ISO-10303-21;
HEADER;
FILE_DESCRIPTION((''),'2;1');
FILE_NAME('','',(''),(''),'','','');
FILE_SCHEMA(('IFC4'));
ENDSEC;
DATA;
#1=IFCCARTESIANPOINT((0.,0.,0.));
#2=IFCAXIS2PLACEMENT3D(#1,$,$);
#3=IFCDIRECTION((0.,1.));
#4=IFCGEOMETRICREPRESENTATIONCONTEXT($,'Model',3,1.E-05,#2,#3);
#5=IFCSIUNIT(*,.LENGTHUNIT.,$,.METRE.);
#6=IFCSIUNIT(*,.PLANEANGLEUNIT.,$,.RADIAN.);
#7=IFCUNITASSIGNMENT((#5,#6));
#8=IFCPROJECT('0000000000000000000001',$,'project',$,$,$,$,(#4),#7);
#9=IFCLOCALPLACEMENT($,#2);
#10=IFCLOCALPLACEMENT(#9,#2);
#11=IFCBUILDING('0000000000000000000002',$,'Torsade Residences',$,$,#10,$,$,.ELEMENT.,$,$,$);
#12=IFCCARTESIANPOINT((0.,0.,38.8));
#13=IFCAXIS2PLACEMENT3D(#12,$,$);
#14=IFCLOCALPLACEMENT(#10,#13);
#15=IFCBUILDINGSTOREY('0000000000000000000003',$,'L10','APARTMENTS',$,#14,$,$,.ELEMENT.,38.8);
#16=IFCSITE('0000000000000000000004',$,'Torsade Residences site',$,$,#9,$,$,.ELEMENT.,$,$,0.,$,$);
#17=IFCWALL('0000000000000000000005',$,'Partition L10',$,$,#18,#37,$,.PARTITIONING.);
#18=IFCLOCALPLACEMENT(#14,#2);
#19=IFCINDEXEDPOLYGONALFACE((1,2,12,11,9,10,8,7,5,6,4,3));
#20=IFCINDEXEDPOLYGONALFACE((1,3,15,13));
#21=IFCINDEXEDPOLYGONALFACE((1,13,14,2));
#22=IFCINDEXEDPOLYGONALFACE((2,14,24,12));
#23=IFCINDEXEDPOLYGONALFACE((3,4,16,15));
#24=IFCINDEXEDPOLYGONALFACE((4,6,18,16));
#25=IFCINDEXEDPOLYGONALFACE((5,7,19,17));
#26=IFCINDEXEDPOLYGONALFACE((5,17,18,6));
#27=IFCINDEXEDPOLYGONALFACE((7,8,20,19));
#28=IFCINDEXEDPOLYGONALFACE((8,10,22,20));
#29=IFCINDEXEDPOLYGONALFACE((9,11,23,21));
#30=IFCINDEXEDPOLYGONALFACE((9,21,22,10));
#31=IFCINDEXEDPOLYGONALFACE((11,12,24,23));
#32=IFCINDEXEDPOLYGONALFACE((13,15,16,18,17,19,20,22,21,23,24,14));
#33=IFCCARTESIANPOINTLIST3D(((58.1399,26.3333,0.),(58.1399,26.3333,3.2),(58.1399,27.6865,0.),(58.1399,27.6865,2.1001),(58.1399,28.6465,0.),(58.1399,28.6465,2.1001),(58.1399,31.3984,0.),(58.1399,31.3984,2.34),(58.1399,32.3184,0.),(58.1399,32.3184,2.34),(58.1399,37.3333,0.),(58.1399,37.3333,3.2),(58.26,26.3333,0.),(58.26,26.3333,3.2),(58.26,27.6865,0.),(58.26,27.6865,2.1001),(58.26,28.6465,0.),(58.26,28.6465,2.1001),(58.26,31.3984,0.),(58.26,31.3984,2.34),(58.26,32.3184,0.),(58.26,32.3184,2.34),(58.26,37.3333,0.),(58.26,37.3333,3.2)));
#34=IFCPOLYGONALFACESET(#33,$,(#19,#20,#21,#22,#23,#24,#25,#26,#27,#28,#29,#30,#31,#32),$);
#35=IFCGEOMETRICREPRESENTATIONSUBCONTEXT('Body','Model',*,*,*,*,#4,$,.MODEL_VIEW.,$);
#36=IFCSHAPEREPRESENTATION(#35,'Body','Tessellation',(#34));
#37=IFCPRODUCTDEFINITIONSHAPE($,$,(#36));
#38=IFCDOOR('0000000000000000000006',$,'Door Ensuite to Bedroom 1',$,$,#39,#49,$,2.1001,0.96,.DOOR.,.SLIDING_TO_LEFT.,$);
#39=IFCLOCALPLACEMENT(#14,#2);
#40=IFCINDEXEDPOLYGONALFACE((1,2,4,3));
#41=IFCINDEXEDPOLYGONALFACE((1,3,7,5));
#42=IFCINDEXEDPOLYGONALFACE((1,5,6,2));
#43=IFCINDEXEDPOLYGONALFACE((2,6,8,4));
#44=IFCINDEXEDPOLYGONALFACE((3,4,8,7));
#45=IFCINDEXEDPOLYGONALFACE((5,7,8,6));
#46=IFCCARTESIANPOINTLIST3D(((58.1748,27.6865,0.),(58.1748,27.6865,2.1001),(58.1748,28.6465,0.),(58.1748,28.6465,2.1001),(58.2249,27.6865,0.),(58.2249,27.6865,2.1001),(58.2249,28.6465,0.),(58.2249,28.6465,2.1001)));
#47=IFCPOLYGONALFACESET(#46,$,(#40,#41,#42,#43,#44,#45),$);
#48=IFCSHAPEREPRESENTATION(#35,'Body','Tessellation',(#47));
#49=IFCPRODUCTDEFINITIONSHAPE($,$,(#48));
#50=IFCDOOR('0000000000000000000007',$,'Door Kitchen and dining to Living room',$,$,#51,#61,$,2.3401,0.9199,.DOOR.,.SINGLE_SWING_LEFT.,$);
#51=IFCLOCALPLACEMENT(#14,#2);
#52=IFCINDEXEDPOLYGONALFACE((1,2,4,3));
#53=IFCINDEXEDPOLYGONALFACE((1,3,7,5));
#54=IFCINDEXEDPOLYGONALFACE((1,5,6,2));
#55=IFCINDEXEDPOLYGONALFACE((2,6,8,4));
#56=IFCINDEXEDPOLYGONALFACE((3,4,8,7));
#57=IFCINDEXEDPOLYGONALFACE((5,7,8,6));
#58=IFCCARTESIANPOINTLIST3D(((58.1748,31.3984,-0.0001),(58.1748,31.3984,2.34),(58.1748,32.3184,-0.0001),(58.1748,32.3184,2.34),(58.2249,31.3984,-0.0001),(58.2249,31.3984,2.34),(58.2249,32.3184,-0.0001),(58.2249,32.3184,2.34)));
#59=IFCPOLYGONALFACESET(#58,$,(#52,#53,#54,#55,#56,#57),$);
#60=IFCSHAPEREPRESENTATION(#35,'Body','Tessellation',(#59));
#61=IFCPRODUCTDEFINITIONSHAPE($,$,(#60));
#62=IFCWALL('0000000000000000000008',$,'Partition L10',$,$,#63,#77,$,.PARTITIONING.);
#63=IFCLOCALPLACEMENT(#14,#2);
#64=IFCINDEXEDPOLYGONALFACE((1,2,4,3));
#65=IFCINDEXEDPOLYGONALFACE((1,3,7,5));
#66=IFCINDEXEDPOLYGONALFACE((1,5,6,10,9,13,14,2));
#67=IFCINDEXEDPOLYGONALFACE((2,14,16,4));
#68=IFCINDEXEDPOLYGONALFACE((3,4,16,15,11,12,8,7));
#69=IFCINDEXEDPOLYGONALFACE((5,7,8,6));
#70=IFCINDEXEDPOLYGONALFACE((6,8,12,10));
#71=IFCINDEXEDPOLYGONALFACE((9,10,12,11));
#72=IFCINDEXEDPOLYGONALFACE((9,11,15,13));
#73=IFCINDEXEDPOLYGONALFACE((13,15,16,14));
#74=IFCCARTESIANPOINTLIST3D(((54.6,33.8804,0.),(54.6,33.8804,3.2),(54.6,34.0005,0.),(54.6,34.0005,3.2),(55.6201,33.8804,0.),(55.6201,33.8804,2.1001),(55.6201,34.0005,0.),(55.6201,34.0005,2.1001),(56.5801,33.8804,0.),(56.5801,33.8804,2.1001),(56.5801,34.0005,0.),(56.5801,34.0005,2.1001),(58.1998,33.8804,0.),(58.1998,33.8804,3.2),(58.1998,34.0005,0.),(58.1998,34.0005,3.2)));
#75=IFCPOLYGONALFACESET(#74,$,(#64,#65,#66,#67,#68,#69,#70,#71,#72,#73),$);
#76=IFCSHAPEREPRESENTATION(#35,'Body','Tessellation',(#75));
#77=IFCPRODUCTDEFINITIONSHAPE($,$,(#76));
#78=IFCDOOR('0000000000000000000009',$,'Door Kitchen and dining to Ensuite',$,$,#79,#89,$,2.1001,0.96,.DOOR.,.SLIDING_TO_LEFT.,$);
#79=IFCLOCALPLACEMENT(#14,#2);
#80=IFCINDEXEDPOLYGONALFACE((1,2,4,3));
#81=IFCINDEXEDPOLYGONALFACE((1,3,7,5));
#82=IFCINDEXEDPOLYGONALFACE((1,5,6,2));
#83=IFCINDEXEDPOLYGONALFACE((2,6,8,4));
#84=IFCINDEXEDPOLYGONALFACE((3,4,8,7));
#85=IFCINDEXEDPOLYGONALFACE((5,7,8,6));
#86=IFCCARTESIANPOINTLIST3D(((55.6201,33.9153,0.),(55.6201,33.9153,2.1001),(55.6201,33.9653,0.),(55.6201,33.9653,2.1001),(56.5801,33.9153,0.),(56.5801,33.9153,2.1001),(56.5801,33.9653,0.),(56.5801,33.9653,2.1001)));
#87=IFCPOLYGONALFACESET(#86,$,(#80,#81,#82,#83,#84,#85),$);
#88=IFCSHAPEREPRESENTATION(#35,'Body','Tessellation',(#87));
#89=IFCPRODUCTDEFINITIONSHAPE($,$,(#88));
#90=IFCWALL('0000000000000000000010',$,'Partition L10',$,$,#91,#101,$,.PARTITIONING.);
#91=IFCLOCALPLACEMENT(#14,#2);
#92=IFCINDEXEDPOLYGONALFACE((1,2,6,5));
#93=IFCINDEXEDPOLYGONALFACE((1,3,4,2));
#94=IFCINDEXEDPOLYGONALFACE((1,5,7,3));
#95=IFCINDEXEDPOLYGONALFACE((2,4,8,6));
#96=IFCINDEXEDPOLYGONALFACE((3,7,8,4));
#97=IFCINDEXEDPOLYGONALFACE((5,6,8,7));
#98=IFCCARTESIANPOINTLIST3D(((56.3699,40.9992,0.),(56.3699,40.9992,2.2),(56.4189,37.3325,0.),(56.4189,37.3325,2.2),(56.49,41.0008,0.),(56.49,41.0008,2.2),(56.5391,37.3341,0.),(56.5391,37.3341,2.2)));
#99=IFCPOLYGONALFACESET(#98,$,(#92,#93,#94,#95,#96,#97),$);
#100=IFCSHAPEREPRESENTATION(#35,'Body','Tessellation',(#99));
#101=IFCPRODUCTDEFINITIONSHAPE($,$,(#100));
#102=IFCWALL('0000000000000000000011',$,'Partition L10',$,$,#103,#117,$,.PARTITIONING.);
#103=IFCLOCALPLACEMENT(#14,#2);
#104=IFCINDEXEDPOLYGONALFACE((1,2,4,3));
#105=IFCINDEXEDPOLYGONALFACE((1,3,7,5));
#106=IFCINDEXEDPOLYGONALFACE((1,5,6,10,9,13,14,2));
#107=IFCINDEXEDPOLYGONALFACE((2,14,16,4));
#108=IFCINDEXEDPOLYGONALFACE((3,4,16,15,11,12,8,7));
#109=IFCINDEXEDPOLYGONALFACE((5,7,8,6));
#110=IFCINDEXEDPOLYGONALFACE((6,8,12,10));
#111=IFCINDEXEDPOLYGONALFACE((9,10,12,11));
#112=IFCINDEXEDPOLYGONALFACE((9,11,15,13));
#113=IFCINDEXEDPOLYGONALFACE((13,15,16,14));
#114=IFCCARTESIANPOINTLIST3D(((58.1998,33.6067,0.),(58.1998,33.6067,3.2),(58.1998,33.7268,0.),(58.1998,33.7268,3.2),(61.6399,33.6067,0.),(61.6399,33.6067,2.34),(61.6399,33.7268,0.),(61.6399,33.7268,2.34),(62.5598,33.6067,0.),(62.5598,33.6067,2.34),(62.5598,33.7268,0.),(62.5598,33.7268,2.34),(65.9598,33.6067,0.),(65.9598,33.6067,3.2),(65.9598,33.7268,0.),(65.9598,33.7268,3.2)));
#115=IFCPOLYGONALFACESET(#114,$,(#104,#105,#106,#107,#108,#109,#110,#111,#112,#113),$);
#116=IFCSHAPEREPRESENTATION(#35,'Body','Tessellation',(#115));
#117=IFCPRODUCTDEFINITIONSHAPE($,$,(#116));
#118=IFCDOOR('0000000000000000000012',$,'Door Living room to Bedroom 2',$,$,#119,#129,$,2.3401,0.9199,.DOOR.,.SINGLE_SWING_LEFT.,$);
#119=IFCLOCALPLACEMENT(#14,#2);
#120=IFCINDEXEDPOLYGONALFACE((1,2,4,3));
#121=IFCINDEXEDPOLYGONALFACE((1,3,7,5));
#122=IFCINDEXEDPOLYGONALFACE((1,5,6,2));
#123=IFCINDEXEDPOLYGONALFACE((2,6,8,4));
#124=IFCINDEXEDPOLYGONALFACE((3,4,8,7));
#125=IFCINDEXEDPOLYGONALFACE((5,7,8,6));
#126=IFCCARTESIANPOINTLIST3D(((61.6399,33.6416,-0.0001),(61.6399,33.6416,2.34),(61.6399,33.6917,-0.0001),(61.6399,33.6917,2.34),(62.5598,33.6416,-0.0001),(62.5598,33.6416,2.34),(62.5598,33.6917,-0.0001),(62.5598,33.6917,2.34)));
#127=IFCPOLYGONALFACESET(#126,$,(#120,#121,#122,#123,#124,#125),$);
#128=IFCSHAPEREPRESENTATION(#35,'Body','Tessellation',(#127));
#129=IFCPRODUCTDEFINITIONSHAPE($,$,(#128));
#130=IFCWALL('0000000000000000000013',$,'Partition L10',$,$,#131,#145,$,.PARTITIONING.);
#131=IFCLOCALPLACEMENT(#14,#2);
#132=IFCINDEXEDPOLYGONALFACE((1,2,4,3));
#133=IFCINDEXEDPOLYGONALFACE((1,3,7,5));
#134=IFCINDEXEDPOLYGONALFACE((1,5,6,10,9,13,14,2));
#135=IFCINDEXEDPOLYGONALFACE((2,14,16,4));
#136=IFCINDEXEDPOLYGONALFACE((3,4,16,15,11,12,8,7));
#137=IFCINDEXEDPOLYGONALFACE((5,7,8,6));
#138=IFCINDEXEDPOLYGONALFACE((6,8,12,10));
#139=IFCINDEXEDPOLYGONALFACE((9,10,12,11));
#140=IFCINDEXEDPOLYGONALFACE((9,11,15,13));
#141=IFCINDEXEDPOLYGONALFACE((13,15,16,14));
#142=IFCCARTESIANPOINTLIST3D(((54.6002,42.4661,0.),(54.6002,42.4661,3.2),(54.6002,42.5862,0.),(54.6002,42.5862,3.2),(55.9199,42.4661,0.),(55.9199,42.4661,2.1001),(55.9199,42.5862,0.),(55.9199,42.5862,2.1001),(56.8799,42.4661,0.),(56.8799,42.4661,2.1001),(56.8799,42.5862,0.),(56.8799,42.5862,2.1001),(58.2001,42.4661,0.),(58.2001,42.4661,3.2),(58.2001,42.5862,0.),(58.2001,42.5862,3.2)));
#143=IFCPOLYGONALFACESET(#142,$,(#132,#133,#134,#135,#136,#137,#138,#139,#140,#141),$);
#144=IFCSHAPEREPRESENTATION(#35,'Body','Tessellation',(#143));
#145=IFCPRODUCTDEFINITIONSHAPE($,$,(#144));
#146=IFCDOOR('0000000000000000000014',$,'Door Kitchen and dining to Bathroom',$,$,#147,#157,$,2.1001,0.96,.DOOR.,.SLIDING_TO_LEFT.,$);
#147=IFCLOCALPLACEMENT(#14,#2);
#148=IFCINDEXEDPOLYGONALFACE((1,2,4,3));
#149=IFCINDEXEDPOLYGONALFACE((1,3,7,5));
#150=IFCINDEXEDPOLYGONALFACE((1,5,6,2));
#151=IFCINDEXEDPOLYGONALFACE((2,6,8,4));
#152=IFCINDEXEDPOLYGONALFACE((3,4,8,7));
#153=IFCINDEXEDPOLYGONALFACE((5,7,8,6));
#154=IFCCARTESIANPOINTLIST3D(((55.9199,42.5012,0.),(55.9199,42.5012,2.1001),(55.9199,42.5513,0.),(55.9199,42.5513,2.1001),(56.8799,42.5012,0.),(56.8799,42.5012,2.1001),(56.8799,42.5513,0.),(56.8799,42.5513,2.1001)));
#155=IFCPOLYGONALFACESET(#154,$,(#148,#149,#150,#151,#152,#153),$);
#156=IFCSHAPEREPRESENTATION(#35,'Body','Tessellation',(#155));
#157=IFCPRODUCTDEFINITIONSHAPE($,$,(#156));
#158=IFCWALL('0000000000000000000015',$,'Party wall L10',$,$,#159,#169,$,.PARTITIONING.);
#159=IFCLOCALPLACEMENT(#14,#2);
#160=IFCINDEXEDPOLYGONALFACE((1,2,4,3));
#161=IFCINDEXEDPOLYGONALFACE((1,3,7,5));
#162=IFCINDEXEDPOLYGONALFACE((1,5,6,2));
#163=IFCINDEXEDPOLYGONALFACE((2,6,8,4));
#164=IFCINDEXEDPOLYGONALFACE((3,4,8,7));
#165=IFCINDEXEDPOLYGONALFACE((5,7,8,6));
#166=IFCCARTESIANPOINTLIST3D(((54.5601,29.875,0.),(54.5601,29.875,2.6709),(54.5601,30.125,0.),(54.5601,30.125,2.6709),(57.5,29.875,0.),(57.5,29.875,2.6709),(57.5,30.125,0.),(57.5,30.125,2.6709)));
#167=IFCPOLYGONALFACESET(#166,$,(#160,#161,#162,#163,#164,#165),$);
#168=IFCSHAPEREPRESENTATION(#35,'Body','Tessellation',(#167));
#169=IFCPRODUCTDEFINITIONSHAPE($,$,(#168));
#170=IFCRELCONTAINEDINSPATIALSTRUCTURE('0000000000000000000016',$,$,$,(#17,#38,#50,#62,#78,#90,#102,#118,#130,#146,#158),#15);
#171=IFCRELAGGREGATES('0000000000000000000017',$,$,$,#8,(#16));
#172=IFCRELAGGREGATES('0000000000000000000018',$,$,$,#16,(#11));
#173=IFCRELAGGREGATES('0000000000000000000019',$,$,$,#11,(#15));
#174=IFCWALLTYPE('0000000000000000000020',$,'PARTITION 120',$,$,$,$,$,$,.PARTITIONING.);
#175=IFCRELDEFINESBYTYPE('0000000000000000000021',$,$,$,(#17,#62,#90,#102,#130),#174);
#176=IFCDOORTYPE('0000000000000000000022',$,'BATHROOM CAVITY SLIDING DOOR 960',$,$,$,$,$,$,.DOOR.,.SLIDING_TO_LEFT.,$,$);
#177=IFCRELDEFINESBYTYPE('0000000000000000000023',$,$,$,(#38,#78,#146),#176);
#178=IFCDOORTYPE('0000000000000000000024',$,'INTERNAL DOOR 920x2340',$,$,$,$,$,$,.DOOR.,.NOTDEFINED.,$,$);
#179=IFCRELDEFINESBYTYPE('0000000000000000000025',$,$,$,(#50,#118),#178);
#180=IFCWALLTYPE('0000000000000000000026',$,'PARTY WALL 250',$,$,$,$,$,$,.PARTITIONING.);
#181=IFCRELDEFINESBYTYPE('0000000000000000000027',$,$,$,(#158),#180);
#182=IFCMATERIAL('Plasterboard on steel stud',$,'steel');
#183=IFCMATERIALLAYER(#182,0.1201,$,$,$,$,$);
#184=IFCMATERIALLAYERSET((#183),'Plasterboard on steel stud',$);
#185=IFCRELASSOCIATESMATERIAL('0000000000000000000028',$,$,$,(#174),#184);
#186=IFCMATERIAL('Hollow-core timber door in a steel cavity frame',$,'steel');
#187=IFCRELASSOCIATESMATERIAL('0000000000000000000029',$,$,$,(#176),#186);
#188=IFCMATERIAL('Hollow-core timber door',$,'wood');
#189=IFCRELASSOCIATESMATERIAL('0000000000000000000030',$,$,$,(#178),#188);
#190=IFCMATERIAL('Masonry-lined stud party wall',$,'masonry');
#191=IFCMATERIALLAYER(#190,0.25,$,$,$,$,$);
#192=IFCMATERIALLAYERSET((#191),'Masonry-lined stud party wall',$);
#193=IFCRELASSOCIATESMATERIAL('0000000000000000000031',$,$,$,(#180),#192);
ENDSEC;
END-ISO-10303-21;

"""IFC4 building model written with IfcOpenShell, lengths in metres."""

from ifc_helpers import new_model, si_unit, direction, frame, frame_2d, origin, place, context, subcontext, project, spatial, rectangle, extrude, material, layer, layer_set, type_object, element, fill, save


model = new_model("IFC4")

# Units and contexts
model_context = context("Model", 3, precision=1e-05, world=origin(), true_north=direction((0.0, 1.0)))
body_context = subcontext(model_context, "Body", "Model", "MODEL_VIEW")
ifc_project = project(units=[si_unit("LENGTHUNIT", "METRE"), si_unit("PLANEANGLEUNIT", "RADIAN")], contexts=[model_context])

# Site, building, storey
site_placement = place(None, origin())
site = spatial("IfcSite", under=ifc_project, at=site_placement, Name="Torsade Residences site", CompositionType="ELEMENT", RefElevation=0.0)
building_placement = place(site_placement, origin())
building = spatial("IfcBuilding", under=site, at=building_placement, Name="Torsade Residences", CompositionType="ELEMENT")
storey_placement = place(building_placement, frame((0.0, 0.0, 38.8)))
storey = spatial("IfcBuildingStorey", under=building, at=storey_placement, Name="L10", Description="APARTMENTS", CompositionType="ELEMENT", Elevation=38.8)

# Wall, openings, doors
ifc_material_1 = material(Name="Plasterboard on steel stud", Category="steel")
ifc_layer_1 = layer(ifc_material_1, 0.1201)
ifc_layer_set_1 = layer_set([ifc_layer_1], Name="Plasterboard on steel stud")
wall_type_1 = type_object("IfcWallType", Name="PARTITION 120", PredefinedType="PARTITIONING", material=ifc_layer_set_1)
wall_1_placement = place(storey_placement, frame((58.2, 37.3333, 0.0), z_axis=(0.0, 0.0, 1.0), x_axis=(0.0, -1.0, 0.0)))
wall_1 = element("IfcWall", 1, at=wall_1_placement, inside=storey, type_object=wall_type_1, Name="Partition L10", PredefinedType="PARTITIONING", context=body_context, shape_type="SweptSolid", body=[
    extrude(rectangle(XDim=11.0, YDim=0.1201, at=frame_2d((5.5, 0.0))), origin(), (0.0, 0.0, 1.0), 3.2),
])
opening_1_placement = place(wall_1_placement, frame((5.0149, 0.0, 0.0)))
opening_1 = element("IfcOpeningElement", 2, at=opening_1_placement, cuts=wall_1, PredefinedType="OPENING", context=body_context, shape_type="SweptSolid", body=[
    extrude(rectangle(XDim=0.9199, YDim=2.3401, at=frame_2d((0.46, 1.1699))), frame((0.0, 0.0701, 0.0), z_axis=(0.0, -1.0, 0.0), x_axis=(1.0, 0.0, 0.0)), (0.0, 0.0, 1.0), 0.1401),
])
opening_2_placement = place(wall_1_placement, frame((8.6868, 0.0, 0.0)))
opening_2 = element("IfcOpeningElement", 3, at=opening_2_placement, cuts=wall_1, PredefinedType="OPENING", context=body_context, shape_type="SweptSolid", body=[
    extrude(rectangle(XDim=0.96, YDim=2.1001, at=frame_2d((0.48, 1.05))), frame((0.0, 0.0701, 0.0), z_axis=(0.0, -1.0, 0.0), x_axis=(1.0, 0.0, 0.0)), (0.0, 0.0, 1.0), 0.1401),
])
ifc_material_2 = material(Name="Hollow-core timber door in a steel cavity frame", Category="steel")
door_type_1 = type_object("IfcDoorType", Name="BATHROOM CAVITY SLIDING DOOR 960", OperationType="SLIDING_TO_LEFT", PredefinedType="DOOR", material=ifc_material_2)
door_1_placement = place(opening_2_placement, origin())
door_1 = element("IfcDoor", 4, at=door_1_placement, inside=storey, type_object=door_type_1, Name="Door Ensuite to Bedroom 1", OperationType="SLIDING_TO_LEFT", OverallHeight=2.1001, OverallWidth=0.96, PredefinedType="DOOR", context=body_context, shape_type="SweptSolid", body=[
    extrude(rectangle(XDim=0.96, YDim=2.1001, at=frame_2d((0.48, 1.05))), frame((0.0, 0.0249, 0.0), z_axis=(0.0, -1.0, 0.0), x_axis=(1.0, 0.0, 0.0)), (0.0, 0.0, 1.0), 0.05),
])
fill(opening_2, door_1)
ifc_material_3 = material(Name="Hollow-core timber door", Category="wood")
door_type_2 = type_object("IfcDoorType", Name="INTERNAL DOOR 920x2340", OperationType="NOTDEFINED", PredefinedType="DOOR", material=ifc_material_3)
door_2_placement = place(opening_1_placement, origin())
door_2 = element("IfcDoor", 5, at=door_2_placement, inside=storey, type_object=door_type_2, Name="Door Kitchen and dining to Living room", OperationType="SINGLE_SWING_LEFT", OverallHeight=2.3401, OverallWidth=0.9199, PredefinedType="DOOR", context=body_context, shape_type="SweptSolid", body=[
    extrude(rectangle(XDim=0.9199, YDim=2.3401, at=frame_2d((0.46, 1.1699))), frame((0.0, 0.0249, 0.0), z_axis=(0.0, -1.0, 0.0), x_axis=(1.0, 0.0, 0.0)), (0.0, 0.0, 1.0), 0.05),
])
fill(opening_1, door_2)

# Wall, opening, door
wall_2_placement = place(storey_placement, frame((54.6001, 33.9404, 0.0), z_axis=(0.0, 0.0, 1.0), x_axis=(1.0, 0.0, 0.0)))
wall_2 = element("IfcWall", 6, at=wall_2_placement, inside=storey, type_object=wall_type_1, Name="Partition L10", PredefinedType="PARTITIONING", context=body_context, shape_type="SweptSolid", body=[
    extrude(rectangle(XDim=3.5999, YDim=0.1201, at=frame_2d((1.7998, 0.0))), origin(), (0.0, 0.0, 1.0), 3.2),
])
opening_3_placement = place(wall_2_placement, frame((1.02, 0.0, 0.0)))
opening_3 = element("IfcOpeningElement", 7, at=opening_3_placement, cuts=wall_2, PredefinedType="OPENING", context=body_context, shape_type="SweptSolid", body=[
    extrude(rectangle(XDim=0.96, YDim=2.1001, at=frame_2d((0.48, 1.05))), frame((0.0, 0.0701, 0.0), z_axis=(0.0, -1.0, 0.0), x_axis=(1.0, 0.0, 0.0)), (0.0, 0.0, 1.0), 0.1401),
])
door_3_placement = place(opening_3_placement, origin())
door_3 = element("IfcDoor", 8, at=door_3_placement, inside=storey, type_object=door_type_1, Name="Door Kitchen and dining to Ensuite", OperationType="SLIDING_TO_LEFT", OverallHeight=2.1001, OverallWidth=0.96, PredefinedType="DOOR", context=body_context, shape_type="SweptSolid", body=[
    extrude(rectangle(XDim=0.96, YDim=2.1001, at=frame_2d((0.48, 1.05))), frame((0.0, 0.0249, 0.0), z_axis=(0.0, -1.0, 0.0), x_axis=(1.0, 0.0, 0.0)), (0.0, 0.0, 1.0), 0.05),
])
fill(opening_3, door_3)

# Wall
wall_3_placement = place(storey_placement, frame((56.4299, 41.0, 0.0), z_axis=(0.0, 0.0, 1.0), x_axis=(0.013382, -0.99991, 0.0)))
element("IfcWall", 9, at=wall_3_placement, inside=storey, type_object=wall_type_1, Name="Partition L10", PredefinedType="PARTITIONING", context=body_context, shape_type="SweptSolid", body=[
    extrude(rectangle(XDim=3.667, YDim=0.1201, at=frame_2d((1.8335, 0.0))), origin(), (0.0, 0.0, 1.0), 2.2),
])

# Walls, openings, doors
wall_4_placement = place(storey_placement, frame((58.2, 33.6667, 0.0), z_axis=(0.0, 0.0, 1.0), x_axis=(1.0, 0.0, 0.0)))
wall_4 = element("IfcWall", 10, at=wall_4_placement, inside=storey, type_object=wall_type_1, Name="Partition L10", PredefinedType="PARTITIONING", context=body_context, shape_type="SweptSolid", body=[
    extrude(rectangle(XDim=7.76, YDim=0.1201, at=frame_2d((3.8799, 0.0))), origin(), (0.0, 0.0, 1.0), 3.2),
])
opening_4_placement = place(wall_4_placement, frame((3.4399, 0.0, 0.0)))
opening_4 = element("IfcOpeningElement", 11, at=opening_4_placement, cuts=wall_4, PredefinedType="OPENING", context=body_context, shape_type="SweptSolid", body=[
    extrude(rectangle(XDim=0.9199, YDim=2.3401, at=frame_2d((0.46, 1.1699))), frame((0.0, 0.0701, 0.0), z_axis=(0.0, -1.0, 0.0), x_axis=(1.0, 0.0, 0.0)), (0.0, 0.0, 1.0), 0.1401),
])
door_4_placement = place(opening_4_placement, origin())
door_4 = element("IfcDoor", 12, at=door_4_placement, inside=storey, type_object=door_type_2, Name="Door Living room to Bedroom 2", OperationType="SINGLE_SWING_LEFT", OverallHeight=2.3401, OverallWidth=0.9199, PredefinedType="DOOR", context=body_context, shape_type="SweptSolid", body=[
    extrude(rectangle(XDim=0.9199, YDim=2.3401, at=frame_2d((0.46, 1.1699))), frame((0.0, 0.0249, 0.0), z_axis=(0.0, -1.0, 0.0), x_axis=(1.0, 0.0, 0.0)), (0.0, 0.0, 1.0), 0.05),
])
fill(opening_4, door_4)
wall_5_placement = place(storey_placement, frame((58.2, 42.5261, 0.0), z_axis=(0.0, 0.0, 1.0), x_axis=(-1.0, 0.0, 0.0)))
wall_5 = element("IfcWall", 13, at=wall_5_placement, inside=storey, type_object=wall_type_1, Name="Partition L10", PredefinedType="PARTITIONING", context=body_context, shape_type="SweptSolid", body=[
    extrude(rectangle(XDim=3.5999, YDim=0.1201, at=frame_2d((1.7998, 0.0))), origin(), (0.0, 0.0, 1.0), 3.2),
])
opening_5_placement = place(wall_5_placement, frame((1.3201, 0.0, 0.0)))
opening_5 = element("IfcOpeningElement", 14, at=opening_5_placement, cuts=wall_5, PredefinedType="OPENING", context=body_context, shape_type="SweptSolid", body=[
    extrude(rectangle(XDim=0.96, YDim=2.1001, at=frame_2d((0.48, 1.05))), frame((0.0, 0.0701, 0.0), z_axis=(0.0, -1.0, 0.0), x_axis=(1.0, 0.0, 0.0)), (0.0, 0.0, 1.0), 0.1401),
])
door_5_placement = place(opening_5_placement, origin())
door_5 = element("IfcDoor", 15, at=door_5_placement, inside=storey, type_object=door_type_1, Name="Door Kitchen and dining to Bathroom", OperationType="SLIDING_TO_LEFT", OverallHeight=2.1001, OverallWidth=0.96, PredefinedType="DOOR", context=body_context, shape_type="SweptSolid", body=[
    extrude(rectangle(XDim=0.96, YDim=2.1001, at=frame_2d((0.48, 1.05))), frame((0.0, 0.0249, 0.0), z_axis=(0.0, -1.0, 0.0), x_axis=(1.0, 0.0, 0.0)), (0.0, 0.0, 1.0), 0.05),
])
fill(opening_5, door_5)

# Wall
ifc_material_4 = material(Name="Masonry-lined stud party wall", Category="masonry")
ifc_layer_2 = layer(ifc_material_4, 0.25)
ifc_layer_set_2 = layer_set([ifc_layer_2], Name="Masonry-lined stud party wall")
wall_type_2 = type_object("IfcWallType", Name="PARTY WALL 250", PredefinedType="PARTITIONING", material=ifc_layer_set_2)
wall_6_placement = place(storey_placement, frame((57.5, 30.0, 0.0), z_axis=(0.0, 0.0, 1.0), x_axis=(-1.0, 0.0, 0.0)))
element("IfcWall", 16, at=wall_6_placement, inside=storey, type_object=wall_type_2, Name="Party wall L10", PredefinedType="PARTITIONING", context=body_context, shape_type="SweptSolid", body=[
    extrude(rectangle(XDim=2.9399, YDim=0.25, at=frame_2d((1.47, 0.0))), origin(), (0.0, 0.0, 1.0), 2.6709),
])

save(model, "model.ifc")
